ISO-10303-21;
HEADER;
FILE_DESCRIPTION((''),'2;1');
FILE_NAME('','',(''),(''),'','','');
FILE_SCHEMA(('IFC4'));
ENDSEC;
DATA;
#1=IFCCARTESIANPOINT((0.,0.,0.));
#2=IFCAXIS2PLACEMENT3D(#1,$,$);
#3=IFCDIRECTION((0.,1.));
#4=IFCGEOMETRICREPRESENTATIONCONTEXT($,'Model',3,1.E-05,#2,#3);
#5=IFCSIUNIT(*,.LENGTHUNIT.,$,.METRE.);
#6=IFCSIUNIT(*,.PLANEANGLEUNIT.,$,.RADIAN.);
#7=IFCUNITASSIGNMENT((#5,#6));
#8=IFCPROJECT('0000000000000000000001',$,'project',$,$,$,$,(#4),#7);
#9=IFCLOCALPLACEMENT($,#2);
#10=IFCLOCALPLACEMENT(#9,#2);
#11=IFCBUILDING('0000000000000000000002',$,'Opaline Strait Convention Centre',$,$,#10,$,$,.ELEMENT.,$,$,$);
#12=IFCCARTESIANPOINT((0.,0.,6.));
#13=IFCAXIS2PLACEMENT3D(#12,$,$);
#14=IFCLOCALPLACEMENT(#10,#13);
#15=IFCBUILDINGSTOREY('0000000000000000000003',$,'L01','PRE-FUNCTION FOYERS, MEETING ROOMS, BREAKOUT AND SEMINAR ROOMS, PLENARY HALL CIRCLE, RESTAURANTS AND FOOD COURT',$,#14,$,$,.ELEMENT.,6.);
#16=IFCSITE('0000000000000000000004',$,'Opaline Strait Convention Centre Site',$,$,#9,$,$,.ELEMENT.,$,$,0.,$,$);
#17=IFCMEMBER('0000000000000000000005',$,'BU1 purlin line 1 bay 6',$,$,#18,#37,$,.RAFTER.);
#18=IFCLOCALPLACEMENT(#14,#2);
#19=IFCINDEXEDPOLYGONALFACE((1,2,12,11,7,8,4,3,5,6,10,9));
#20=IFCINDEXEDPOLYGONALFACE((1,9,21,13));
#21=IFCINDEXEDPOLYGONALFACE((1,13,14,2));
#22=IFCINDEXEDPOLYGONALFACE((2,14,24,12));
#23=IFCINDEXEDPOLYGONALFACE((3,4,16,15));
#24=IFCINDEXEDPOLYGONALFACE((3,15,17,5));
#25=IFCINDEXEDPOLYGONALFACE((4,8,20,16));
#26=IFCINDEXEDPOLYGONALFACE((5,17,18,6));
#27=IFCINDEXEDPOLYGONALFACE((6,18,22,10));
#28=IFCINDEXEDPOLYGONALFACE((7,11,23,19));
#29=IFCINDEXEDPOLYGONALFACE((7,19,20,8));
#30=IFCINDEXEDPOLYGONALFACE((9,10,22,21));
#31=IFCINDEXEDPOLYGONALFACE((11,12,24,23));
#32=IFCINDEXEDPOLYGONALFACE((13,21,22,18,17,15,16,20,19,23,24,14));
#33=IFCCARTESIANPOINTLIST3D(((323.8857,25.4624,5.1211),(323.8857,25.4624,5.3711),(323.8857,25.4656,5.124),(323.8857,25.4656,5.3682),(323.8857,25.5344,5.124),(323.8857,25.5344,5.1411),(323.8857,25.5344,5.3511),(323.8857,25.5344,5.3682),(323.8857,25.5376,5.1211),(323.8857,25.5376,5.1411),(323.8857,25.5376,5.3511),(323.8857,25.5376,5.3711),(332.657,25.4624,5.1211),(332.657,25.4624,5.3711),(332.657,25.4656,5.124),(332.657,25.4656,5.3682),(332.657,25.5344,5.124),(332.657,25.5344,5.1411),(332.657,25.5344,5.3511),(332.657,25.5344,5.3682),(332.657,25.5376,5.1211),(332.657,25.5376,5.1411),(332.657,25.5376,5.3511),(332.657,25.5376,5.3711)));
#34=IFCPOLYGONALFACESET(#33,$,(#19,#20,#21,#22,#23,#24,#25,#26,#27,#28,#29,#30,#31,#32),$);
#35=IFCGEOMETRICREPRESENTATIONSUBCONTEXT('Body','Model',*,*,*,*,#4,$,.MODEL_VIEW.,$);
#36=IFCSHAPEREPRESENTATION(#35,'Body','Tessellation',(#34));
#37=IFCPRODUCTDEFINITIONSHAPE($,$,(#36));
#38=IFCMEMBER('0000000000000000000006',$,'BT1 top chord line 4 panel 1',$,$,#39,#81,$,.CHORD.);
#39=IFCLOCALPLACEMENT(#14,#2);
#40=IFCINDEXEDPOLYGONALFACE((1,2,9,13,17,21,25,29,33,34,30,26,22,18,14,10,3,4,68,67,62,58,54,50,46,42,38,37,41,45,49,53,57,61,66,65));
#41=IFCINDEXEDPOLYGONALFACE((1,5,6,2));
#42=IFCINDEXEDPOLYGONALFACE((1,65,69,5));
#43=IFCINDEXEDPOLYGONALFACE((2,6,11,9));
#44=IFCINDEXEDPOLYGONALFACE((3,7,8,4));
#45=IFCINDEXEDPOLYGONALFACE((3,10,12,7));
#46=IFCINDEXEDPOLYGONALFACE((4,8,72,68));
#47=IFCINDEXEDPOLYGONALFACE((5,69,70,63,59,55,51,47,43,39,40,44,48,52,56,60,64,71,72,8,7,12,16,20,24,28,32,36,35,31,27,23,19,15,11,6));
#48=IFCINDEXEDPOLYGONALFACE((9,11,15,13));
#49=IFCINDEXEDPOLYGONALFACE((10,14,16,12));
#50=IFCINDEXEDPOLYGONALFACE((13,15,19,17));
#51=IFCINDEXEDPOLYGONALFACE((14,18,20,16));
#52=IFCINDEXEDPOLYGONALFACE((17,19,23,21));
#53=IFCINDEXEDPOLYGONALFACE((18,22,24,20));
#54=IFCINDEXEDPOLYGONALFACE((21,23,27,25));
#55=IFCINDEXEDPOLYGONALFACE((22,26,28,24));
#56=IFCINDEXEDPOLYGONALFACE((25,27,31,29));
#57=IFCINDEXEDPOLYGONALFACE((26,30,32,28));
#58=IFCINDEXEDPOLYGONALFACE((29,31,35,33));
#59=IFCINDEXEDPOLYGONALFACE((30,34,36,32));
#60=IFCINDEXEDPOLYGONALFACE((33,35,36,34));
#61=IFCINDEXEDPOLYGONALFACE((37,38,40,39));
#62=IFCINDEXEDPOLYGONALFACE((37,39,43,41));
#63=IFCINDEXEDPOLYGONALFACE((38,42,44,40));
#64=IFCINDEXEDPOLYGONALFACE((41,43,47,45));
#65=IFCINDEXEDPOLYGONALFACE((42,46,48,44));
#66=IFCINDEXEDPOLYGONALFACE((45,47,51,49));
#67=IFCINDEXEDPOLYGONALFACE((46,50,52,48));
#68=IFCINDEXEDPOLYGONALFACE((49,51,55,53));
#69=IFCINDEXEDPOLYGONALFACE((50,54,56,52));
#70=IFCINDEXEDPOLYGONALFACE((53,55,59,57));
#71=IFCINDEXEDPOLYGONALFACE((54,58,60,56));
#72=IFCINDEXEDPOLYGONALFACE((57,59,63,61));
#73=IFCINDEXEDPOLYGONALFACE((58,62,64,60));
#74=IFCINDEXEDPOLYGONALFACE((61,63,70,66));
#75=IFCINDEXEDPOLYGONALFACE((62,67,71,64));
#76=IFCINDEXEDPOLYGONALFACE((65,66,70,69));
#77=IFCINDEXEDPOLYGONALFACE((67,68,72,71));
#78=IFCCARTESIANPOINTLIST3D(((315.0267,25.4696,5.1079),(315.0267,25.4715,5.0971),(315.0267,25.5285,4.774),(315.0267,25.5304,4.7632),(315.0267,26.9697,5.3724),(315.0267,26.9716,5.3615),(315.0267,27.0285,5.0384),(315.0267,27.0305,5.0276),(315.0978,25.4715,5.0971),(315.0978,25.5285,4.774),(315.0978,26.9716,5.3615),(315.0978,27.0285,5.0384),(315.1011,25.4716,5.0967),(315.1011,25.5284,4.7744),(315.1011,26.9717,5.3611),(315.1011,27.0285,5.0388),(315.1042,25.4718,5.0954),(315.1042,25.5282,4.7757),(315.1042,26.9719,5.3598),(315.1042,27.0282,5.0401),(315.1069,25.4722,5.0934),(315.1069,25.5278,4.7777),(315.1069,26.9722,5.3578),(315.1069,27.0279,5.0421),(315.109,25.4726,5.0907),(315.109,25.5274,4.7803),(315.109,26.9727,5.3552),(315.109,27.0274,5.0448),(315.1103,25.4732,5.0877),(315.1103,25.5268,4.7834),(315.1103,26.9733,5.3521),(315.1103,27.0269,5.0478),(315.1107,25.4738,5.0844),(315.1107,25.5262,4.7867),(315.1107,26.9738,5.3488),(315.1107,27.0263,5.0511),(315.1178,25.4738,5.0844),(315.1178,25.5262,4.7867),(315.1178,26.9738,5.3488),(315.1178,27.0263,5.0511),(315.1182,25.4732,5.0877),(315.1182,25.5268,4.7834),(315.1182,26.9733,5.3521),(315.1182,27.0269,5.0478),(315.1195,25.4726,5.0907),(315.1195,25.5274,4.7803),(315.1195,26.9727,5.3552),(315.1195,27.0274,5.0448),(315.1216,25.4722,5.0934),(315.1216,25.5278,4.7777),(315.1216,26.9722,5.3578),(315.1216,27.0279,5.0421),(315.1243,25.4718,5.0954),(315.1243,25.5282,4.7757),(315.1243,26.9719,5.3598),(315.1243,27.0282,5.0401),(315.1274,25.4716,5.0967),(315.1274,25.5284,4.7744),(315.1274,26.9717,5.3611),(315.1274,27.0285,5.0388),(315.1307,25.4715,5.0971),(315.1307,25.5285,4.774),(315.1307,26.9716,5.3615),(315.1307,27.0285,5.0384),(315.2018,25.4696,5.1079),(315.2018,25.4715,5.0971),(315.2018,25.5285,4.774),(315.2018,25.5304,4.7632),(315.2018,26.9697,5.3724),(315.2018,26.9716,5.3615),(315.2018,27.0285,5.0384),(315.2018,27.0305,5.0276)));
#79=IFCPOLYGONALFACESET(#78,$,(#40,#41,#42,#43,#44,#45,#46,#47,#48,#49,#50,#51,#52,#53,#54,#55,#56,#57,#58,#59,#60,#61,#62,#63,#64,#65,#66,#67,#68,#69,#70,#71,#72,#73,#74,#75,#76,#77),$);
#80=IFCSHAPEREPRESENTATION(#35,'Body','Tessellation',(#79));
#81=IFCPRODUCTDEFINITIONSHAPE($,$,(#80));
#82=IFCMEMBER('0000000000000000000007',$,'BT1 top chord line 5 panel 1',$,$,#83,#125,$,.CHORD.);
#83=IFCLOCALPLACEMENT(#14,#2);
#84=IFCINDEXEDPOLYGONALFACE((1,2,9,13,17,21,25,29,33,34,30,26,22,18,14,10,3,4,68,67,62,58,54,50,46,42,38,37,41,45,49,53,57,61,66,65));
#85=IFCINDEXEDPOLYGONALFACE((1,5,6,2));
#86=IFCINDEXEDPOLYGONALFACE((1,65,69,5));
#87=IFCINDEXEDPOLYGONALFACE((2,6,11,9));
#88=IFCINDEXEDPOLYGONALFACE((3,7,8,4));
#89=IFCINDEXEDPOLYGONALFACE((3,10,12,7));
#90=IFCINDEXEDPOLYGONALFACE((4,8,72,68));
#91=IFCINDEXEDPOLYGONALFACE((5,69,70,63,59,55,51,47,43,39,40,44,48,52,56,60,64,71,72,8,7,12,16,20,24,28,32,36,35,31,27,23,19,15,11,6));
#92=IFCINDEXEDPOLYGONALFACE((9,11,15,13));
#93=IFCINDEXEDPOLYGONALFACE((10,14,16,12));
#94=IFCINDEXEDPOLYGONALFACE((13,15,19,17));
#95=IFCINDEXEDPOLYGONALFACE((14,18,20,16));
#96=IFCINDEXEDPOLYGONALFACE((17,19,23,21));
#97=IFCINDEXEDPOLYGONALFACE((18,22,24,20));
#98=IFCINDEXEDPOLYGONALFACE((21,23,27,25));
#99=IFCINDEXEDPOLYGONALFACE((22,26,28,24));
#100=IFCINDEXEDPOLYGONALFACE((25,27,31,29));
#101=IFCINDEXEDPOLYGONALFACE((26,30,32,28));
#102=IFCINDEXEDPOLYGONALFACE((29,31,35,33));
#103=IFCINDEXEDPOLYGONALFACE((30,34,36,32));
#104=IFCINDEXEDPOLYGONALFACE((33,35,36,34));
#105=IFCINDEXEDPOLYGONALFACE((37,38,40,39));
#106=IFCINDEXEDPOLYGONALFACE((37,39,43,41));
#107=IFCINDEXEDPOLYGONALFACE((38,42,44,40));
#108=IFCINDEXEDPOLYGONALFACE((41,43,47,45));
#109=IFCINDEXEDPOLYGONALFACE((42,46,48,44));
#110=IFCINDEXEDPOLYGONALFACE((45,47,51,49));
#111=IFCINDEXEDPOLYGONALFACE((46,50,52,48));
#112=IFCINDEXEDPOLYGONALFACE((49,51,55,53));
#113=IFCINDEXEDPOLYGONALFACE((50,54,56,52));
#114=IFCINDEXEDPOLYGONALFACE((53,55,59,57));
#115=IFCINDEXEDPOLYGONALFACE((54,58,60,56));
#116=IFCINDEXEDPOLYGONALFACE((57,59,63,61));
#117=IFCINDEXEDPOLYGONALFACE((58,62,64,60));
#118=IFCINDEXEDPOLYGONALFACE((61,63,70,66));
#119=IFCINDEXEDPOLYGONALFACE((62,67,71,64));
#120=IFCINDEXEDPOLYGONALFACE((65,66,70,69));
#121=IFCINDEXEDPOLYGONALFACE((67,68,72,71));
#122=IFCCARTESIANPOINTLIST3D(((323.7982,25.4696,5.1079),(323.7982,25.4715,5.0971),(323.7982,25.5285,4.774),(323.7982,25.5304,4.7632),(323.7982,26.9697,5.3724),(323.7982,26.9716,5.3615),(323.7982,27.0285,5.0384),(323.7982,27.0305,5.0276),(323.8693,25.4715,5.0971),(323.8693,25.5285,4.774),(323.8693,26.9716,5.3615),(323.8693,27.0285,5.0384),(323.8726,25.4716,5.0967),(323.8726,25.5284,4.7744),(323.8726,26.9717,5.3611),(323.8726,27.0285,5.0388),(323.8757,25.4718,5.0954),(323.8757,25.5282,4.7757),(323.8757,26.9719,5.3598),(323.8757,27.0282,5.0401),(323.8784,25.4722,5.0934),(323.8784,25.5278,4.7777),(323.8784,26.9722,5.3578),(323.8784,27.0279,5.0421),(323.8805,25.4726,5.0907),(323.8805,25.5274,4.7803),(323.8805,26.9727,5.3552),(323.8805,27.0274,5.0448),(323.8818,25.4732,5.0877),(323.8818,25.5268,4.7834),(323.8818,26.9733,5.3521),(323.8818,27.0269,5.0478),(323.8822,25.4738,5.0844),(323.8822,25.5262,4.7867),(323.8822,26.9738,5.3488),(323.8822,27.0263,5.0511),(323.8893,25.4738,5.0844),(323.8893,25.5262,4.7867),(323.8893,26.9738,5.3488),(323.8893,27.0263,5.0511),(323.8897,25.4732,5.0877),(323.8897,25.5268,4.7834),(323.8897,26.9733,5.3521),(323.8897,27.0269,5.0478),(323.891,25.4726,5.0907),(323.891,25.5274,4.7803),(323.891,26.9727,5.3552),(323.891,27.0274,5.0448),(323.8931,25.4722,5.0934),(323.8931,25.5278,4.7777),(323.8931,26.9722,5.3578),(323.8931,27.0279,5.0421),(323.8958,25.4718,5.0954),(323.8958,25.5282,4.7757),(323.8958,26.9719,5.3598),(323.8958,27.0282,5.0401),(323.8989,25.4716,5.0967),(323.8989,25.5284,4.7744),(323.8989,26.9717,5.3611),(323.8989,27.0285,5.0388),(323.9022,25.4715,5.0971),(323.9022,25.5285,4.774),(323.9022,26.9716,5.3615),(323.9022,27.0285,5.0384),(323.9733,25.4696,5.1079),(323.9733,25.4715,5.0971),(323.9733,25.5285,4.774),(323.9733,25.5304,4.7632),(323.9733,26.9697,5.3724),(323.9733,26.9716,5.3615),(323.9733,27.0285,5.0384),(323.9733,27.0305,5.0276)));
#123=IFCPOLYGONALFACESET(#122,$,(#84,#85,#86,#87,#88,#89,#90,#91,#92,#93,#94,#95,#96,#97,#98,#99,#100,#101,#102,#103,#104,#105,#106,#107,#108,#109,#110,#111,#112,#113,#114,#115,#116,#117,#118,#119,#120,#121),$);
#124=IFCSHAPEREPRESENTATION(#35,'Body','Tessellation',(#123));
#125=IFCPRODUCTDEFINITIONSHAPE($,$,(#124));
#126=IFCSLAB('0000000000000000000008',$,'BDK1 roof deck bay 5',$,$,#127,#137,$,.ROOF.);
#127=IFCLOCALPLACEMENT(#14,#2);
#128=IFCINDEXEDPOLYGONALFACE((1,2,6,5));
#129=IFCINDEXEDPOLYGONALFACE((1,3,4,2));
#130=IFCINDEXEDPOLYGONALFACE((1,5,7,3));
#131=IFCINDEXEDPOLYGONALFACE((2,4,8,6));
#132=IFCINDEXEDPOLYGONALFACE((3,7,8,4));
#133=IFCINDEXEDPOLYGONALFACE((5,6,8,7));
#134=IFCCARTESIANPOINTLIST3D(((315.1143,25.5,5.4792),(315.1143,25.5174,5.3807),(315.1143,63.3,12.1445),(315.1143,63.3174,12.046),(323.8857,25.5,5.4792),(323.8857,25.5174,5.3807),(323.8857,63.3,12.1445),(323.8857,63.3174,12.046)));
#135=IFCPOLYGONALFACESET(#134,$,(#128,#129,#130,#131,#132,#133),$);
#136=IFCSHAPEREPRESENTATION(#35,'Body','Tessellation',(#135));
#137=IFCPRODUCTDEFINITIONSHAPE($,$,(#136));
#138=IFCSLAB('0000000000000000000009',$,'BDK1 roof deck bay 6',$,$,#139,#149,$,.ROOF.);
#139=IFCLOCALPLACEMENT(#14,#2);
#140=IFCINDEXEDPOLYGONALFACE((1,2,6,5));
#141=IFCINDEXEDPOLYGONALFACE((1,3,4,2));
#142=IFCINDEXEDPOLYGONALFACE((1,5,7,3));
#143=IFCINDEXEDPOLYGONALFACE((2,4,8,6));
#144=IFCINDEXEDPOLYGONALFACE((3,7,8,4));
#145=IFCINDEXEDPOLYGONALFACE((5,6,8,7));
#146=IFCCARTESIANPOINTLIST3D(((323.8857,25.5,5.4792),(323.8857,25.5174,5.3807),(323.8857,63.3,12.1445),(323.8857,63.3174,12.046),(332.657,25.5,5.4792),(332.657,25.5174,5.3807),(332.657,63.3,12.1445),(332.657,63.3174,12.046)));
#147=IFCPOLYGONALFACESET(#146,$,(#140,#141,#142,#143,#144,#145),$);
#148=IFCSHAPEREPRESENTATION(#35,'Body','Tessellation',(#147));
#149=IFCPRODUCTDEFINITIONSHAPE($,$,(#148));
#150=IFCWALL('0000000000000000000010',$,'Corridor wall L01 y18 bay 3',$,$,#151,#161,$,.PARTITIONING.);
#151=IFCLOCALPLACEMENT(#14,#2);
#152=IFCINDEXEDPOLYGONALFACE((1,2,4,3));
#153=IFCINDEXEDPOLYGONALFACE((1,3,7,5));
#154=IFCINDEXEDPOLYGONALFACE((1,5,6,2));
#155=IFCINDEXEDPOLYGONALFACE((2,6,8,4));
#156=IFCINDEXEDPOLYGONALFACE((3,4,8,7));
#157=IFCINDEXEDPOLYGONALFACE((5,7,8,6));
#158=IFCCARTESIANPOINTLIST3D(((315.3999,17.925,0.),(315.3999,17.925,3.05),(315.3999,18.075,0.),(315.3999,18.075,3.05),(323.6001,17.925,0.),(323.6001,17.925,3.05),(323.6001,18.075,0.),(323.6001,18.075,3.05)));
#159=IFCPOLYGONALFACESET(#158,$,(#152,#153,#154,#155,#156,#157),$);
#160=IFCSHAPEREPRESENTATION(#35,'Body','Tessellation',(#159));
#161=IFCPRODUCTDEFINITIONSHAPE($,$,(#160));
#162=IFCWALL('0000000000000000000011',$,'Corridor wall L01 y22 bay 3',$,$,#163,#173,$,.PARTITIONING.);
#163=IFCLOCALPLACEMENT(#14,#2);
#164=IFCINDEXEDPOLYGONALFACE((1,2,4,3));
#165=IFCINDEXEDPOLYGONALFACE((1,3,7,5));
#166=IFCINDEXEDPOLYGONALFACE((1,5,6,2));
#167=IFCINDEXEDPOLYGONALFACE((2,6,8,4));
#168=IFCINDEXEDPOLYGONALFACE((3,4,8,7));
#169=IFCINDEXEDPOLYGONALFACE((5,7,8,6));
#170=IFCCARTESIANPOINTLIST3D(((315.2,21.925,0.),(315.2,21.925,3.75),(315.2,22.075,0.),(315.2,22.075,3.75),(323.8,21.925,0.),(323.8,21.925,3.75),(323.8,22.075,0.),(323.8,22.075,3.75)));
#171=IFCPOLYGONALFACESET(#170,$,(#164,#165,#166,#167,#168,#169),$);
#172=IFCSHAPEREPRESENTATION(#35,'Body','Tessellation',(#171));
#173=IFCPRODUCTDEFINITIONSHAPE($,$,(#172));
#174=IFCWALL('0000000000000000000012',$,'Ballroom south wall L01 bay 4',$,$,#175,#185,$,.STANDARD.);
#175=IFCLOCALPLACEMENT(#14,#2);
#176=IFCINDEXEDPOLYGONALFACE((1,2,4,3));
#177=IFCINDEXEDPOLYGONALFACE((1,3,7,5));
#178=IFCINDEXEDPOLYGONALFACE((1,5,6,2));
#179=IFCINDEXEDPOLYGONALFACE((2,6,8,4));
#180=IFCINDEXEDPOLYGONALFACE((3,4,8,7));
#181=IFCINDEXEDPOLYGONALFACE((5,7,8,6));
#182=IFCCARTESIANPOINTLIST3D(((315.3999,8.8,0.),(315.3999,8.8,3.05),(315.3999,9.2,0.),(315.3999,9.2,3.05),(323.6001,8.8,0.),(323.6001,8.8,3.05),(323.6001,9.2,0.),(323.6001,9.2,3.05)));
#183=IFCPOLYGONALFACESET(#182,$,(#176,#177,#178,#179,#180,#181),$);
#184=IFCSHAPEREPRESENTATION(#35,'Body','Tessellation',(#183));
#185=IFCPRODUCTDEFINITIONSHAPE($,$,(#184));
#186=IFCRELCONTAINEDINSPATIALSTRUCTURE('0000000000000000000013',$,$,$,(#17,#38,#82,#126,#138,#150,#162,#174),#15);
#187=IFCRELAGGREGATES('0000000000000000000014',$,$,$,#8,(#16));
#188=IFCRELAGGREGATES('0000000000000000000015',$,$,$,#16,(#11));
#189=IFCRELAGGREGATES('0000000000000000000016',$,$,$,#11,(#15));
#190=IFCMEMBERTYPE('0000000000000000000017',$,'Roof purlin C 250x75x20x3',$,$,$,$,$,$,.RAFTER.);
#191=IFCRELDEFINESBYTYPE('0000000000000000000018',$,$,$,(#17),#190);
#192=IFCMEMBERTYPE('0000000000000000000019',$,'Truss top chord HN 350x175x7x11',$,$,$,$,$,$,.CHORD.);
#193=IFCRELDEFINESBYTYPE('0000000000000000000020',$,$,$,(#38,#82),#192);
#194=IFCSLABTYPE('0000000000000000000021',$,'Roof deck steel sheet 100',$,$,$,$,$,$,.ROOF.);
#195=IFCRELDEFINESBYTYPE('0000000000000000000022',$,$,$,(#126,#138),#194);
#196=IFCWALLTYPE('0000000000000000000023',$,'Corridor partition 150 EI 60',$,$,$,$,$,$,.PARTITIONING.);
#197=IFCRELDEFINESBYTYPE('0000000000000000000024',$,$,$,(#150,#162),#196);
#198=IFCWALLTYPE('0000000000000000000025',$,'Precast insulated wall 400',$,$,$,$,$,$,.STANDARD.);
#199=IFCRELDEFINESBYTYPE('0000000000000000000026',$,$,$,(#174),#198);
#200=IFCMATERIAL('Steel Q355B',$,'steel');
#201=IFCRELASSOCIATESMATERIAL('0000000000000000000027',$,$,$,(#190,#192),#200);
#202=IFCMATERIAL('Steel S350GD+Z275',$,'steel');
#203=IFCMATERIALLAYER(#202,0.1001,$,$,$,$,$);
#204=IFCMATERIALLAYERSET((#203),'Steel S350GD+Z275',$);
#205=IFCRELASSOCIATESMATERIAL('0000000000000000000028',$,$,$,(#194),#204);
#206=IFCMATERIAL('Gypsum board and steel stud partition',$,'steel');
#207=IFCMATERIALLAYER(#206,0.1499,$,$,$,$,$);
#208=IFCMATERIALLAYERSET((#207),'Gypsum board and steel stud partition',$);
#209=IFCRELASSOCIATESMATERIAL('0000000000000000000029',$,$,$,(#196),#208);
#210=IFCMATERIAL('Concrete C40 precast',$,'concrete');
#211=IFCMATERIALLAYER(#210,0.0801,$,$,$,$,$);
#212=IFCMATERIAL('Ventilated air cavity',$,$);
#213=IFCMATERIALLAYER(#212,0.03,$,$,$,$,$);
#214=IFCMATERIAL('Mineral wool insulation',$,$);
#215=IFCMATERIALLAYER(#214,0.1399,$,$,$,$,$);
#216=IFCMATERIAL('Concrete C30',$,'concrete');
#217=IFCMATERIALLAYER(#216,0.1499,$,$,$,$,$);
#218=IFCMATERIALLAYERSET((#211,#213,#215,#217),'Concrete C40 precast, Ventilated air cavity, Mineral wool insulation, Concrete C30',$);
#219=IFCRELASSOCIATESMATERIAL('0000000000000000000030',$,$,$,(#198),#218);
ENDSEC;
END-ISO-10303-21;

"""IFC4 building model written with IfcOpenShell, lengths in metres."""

from ifc_helpers import new_model, si_unit, direction, frame, frame_2d, origin, origin_2d, place, context, subcontext, project, spatial, polyline, rectangle, i_section, outline, extrude, material, layer, layer_set, material_profile, profile_set, type_object, element, save


model = new_model("IFC4")

# Units and contexts
model_context = context("Model", 3, precision=1e-05, world=origin(), true_north=direction((0.0, 1.0)))
body_context = subcontext(model_context, "Body", "Model", "MODEL_VIEW")
ifc_project = project(units=[si_unit("LENGTHUNIT", "METRE"), si_unit("PLANEANGLEUNIT", "RADIAN")], contexts=[model_context])

# Site, building, storey
site_placement = place(None, origin())
site = spatial("IfcSite", under=ifc_project, at=site_placement, Name="Opaline Strait Convention Centre Site", CompositionType="ELEMENT", RefElevation=0.0)
building_placement = place(site_placement, origin())
building = spatial("IfcBuilding", under=site, at=building_placement, Name="Opaline Strait Convention Centre", CompositionType="ELEMENT")
storey_placement = place(building_placement, frame((0.0, 0.0, 6.0)))
storey = spatial("IfcBuildingStorey", under=building, at=storey_placement, Name="L01", Description="PRE-FUNCTION FOYERS, MEETING ROOMS, BREAKOUT AND SEMINAR ROOMS, PLENARY HALL CIRCLE, RESTAURANTS AND FOOD COURT", CompositionType="ELEMENT", Elevation=6.0)

# Members
ifc_material_1 = material(Name="Steel Q355B", Category="steel")
ifc_material_profile_1 = material_profile(ifc_material_1, outline(polyline([(-0.0376, -0.125), (0.0376, -0.125), (0.0376, -0.105), (0.0344, -0.105), (0.0344, -0.1221), (-0.0344, -0.1221), (-0.0344, 0.1221), (0.0344, 0.1221), (0.0344, 0.105), (0.0376, 0.105), (0.0376, 0.125), (-0.0376, 0.125), (-0.0376, -0.125)])), Name="C 250x75x20x3")
ifc_profile_set_1 = profile_set([ifc_material_profile_1], Name="Steel Q355B")
member_type_1 = type_object("IfcMemberType", Name="Roof purlin C 250x75x20x3", PredefinedType="RAFTER", material=ifc_profile_set_1)
member_1_placement = place(storey_placement, frame((323.8857, 25.5, 5.2461), z_axis=(1.0, 0.0, 0.0), x_axis=(0.0, 1.0, 0.0)))
element("IfcMember", 1, at=member_1_placement, inside=storey, type_object=member_type_1, Name="BU1 purlin line 1 bay 6", PredefinedType="RAFTER", context=body_context, shape_type="SweptSolid", body=[
    extrude(outline(polyline([(-0.0376, -0.125), (0.0376, -0.125), (0.0376, -0.105), (0.0344, -0.105), (0.0344, -0.1221), (-0.0344, -0.1221), (-0.0344, 0.1221), (0.0344, 0.1221), (0.0344, 0.105), (0.0376, 0.105), (0.0376, 0.125), (-0.0376, 0.125), (-0.0376, -0.125)])), origin(), (0.0, 0.0, 1.0), 8.7712),
])
ifc_material_profile_2 = material_profile(ifc_material_1, i_section(OverallWidth=0.175, OverallDepth=0.3501, WebThickness=0.0071, FlangeThickness=0.011, FilletRadius=0.0129, at=origin_2d()), Name="HN 350x175x7x11")
ifc_profile_set_2 = profile_set([ifc_material_profile_2], Name="Steel Q355B")
member_type_2 = type_object("IfcMemberType", Name="Truss top chord HN 350x175x7x11", PredefinedType="CHORD", material=ifc_profile_set_2)
for number, where, z_axis, x_axis, name in (
    (2, (315.1143, 25.5, 4.9355), (0.0, 0.984817, 0.173593), (-1.0, 0.0, 0.0), "BT1 top chord line 4 panel 1"),
    (3, (323.8857, 25.5, 4.9355), (0.0, 0.984817, 0.173593), (-1.0, 0.0, 0.0), "BT1 top chord line 5 panel 1"),
):
    element("IfcMember", number, at=place(storey_placement, frame(where, z_axis=z_axis, x_axis=x_axis)), inside=storey, type_object=member_type_2, Name=name, PredefinedType="CHORD", context=body_context, shape_type="SweptSolid", body=[
        extrude(i_section(OverallWidth=0.175, OverallDepth=0.3501, WebThickness=0.0071, FlangeThickness=0.011, FilletRadius=0.0129, at=origin_2d()), origin(), (0.0, 0.0, 1.0), 1.5232),
    ])

# Slabs
ifc_material_2 = material(Name="Steel S350GD+Z275", Category="steel")
ifc_layer_1 = layer(ifc_material_2, 0.1001)
ifc_layer_set_1 = layer_set([ifc_layer_1], Name="Steel S350GD+Z275")
slab_type = type_object("IfcSlabType", Name="Roof deck steel sheet 100", PredefinedType="ROOF", material=ifc_layer_set_1)
slab_1_placement = place(storey_placement, frame((315.1143, 25.5, 5.4792), z_axis=(0.0, -0.173651, 0.984807), x_axis=(1.0, 0.0, 0.0)))
element("IfcSlab", 4, at=slab_1_placement, inside=storey, type_object=slab_type, Name="BDK1 roof deck bay 5", PredefinedType="ROOF", context=body_context, shape_type="SweptSolid", body=[
    extrude(outline(polyline([(0.0, 0.0), (8.7715, 0.0), (8.7715, 38.3832), (0.0, 38.3832), (0.0, 0.0)])), origin(), (0.0, 0.0, -1.0), 0.1001),
])
slab_2_placement = place(storey_placement, frame((323.8857, 25.5, 5.4792), z_axis=(0.0, -0.173651, 0.984807), x_axis=(1.0, 0.0, 0.0)))
element("IfcSlab", 5, at=slab_2_placement, inside=storey, type_object=slab_type, Name="BDK1 roof deck bay 6", PredefinedType="ROOF", context=body_context, shape_type="SweptSolid", body=[
    extrude(outline(polyline([(0.0, 0.0), (8.7712, 0.0), (8.7712, 38.3832), (0.0, 38.3832), (0.0, 0.0)])), origin(), (0.0, 0.0, -1.0), 0.1001),
])

# Walls
ifc_material_3 = material(Name="Gypsum board and steel stud partition", Category="steel")
ifc_layer_2 = layer(ifc_material_3, 0.1499)
ifc_layer_set_2 = layer_set([ifc_layer_2], Name="Gypsum board and steel stud partition")
wall_type_1 = type_object("IfcWallType", Name="Corridor partition 150 EI 60", PredefinedType="PARTITIONING", material=ifc_layer_set_2)
wall_1_placement = place(storey_placement, frame((315.3999, 18.0, 0.0), z_axis=(0.0, 0.0, 1.0), x_axis=(1.0, 0.0, 0.0)))
element("IfcWall", 6, at=wall_1_placement, inside=storey, type_object=wall_type_1, Name="Corridor wall L01 y18 bay 3", PredefinedType="PARTITIONING", context=body_context, shape_type="SweptSolid", body=[
    extrude(rectangle(XDim=8.2002, YDim=0.1499, at=frame_2d((4.1001, 0.0))), origin(), (0.0, 0.0, 1.0), 3.05),
])
wall_2_placement = place(storey_placement, frame((315.2, 22.0, 0.0), z_axis=(0.0, 0.0, 1.0), x_axis=(1.0, 0.0, 0.0)))
element("IfcWall", 7, at=wall_2_placement, inside=storey, type_object=wall_type_1, Name="Corridor wall L01 y22 bay 3", PredefinedType="PARTITIONING", context=body_context, shape_type="SweptSolid", body=[
    extrude(rectangle(XDim=8.6001, YDim=0.1499, at=frame_2d((4.3, 0.0))), origin(), (0.0, 0.0, 1.0), 3.75),
])
ifc_material_4 = material(Name="Concrete C40 precast", Category="concrete")
ifc_layer_3 = layer(ifc_material_4, 0.0801)
ifc_material_5 = material(Name="Ventilated air cavity")
ifc_layer_4 = layer(ifc_material_5, 0.03)
ifc_material_6 = material(Name="Mineral wool insulation")
ifc_layer_5 = layer(ifc_material_6, 0.1399)
ifc_material_7 = material(Name="Concrete C30", Category="concrete")
ifc_layer_6 = layer(ifc_material_7, 0.1499)
ifc_layer_set_3 = layer_set([ifc_layer_3, ifc_layer_4, ifc_layer_5, ifc_layer_6], Name="Concrete C40 precast, Ventilated air cavity, Mineral wool insulation, Concrete C30")
wall_type_2 = type_object("IfcWallType", Name="Precast insulated wall 400", PredefinedType="STANDARD", material=ifc_layer_set_3)
wall_3_placement = place(storey_placement, frame((315.3999, 9.0, 0.0), z_axis=(0.0, 0.0, 1.0), x_axis=(1.0, 0.0, 0.0)))
element("IfcWall", 8, at=wall_3_placement, inside=storey, type_object=wall_type_2, Name="Ballroom south wall L01 bay 4", PredefinedType="STANDARD", context=body_context, shape_type="SweptSolid", body=[
    extrude(rectangle(XDim=8.2002, YDim=0.3999, at=frame_2d((4.1001, 0.0))), origin(), (0.0, 0.0, 1.0), 3.05),
])

save(model, "model.ifc")
